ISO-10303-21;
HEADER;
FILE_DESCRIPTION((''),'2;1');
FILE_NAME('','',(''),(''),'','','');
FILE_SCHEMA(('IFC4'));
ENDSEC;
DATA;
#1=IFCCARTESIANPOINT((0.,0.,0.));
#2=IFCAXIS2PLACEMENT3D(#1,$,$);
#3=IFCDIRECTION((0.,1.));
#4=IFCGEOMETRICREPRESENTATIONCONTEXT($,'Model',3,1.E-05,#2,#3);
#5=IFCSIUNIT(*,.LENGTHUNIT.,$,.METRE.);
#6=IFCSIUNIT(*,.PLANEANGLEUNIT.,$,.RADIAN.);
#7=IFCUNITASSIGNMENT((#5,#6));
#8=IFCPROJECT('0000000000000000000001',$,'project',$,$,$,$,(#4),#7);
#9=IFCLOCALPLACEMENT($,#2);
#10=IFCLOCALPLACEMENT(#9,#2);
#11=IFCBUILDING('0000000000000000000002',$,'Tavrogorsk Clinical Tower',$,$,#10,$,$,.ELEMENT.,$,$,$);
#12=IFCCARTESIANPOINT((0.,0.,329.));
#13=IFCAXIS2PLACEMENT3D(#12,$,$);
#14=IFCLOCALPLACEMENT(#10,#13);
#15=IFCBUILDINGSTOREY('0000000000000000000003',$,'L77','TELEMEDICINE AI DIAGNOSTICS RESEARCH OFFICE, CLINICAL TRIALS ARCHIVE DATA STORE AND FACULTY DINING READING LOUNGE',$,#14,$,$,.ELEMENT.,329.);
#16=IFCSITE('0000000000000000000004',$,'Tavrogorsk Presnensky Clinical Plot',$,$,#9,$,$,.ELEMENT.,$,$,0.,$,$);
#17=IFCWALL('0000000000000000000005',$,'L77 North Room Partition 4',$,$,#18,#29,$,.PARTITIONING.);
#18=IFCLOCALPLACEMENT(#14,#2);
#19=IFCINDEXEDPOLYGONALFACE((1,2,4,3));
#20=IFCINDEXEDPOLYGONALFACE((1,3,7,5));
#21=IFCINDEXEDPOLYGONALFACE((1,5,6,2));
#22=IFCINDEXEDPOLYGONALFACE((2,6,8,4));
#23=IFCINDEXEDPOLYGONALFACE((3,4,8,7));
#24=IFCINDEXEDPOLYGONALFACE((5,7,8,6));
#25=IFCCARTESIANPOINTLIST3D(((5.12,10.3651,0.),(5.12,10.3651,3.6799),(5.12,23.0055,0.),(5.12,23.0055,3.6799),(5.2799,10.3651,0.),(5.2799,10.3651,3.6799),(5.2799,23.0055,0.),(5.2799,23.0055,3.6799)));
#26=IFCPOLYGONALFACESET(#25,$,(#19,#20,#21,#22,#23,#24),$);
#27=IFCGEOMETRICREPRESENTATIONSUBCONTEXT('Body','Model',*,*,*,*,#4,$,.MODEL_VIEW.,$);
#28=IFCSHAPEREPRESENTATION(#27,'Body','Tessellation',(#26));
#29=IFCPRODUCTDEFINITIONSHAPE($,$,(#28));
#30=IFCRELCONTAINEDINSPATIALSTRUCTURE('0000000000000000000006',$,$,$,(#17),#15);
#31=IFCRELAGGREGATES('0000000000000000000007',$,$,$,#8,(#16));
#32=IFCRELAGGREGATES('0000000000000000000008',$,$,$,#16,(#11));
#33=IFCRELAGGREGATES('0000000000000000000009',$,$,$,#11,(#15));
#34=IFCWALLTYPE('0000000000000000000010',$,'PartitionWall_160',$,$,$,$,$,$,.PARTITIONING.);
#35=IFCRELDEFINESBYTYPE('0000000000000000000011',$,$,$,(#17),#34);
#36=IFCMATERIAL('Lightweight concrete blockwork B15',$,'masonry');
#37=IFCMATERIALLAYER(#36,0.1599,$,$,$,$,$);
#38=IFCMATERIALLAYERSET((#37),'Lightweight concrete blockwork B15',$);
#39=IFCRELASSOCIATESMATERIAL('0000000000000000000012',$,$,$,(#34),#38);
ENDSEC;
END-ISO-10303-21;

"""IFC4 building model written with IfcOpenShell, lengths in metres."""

from ifc_helpers import new_model, si_unit, direction, frame, frame_2d, origin, place, context, subcontext, project, spatial, rectangle, extrude, material, layer, layer_set, type_object, element, save


model = new_model("IFC4")

# Units and contexts
model_context = context("Model", 3, precision=1e-05, world=origin(), true_north=direction((0.0, 1.0)))
body_context = subcontext(model_context, "Body", "Model", "MODEL_VIEW")
ifc_project = project(units=[si_unit("LENGTHUNIT", "METRE"), si_unit("PLANEANGLEUNIT", "RADIAN")], contexts=[model_context])

# Site, building, storey
site_placement = place(None, origin())
site = spatial("IfcSite", under=ifc_project, at=site_placement, Name="Tavrogorsk Presnensky Clinical Plot", CompositionType="ELEMENT", RefElevation=0.0)
building_placement = place(site_placement, origin())
building = spatial("IfcBuilding", under=site, at=building_placement, Name="Tavrogorsk Clinical Tower", CompositionType="ELEMENT")
storey_placement = place(building_placement, frame((0.0, 0.0, 329.0)))
storey = spatial("IfcBuildingStorey", under=building, at=storey_placement, Name="L77", Description="TELEMEDICINE AI DIAGNOSTICS RESEARCH OFFICE, CLINICAL TRIALS ARCHIVE DATA STORE AND FACULTY DINING READING LOUNGE", CompositionType="ELEMENT", Elevation=329.0)

# Shared definitions
ifc_material_1 = material(Name="Lightweight concrete blockwork B15", Category="masonry")
ifc_layer_1 = layer(ifc_material_1, 0.1599)
ifc_layer_set_1 = layer_set([ifc_layer_1], Name="Lightweight concrete blockwork B15")
wall_type = type_object("IfcWallType", Name="PartitionWall_160", PredefinedType="PARTITIONING", material=ifc_layer_set_1)

# Wall
wall_1_placement = place(storey_placement, frame((5.2, 10.365, 0.0), z_axis=(0.0, 0.0, 1.0), x_axis=(0.0, 1.0, 0.0)))
element("IfcWall", 1, at=wall_1_placement, inside=storey, type_object=wall_type, Name="L77 North Room Partition 4", PredefinedType="PARTITIONING", context=body_context, shape_type="SweptSolid", body=[
    extrude(rectangle(XDim=12.6404, YDim=0.1599, at=frame_2d((6.3203, 0.0))), origin(), (0.0, 0.0, 1.0), 3.6799),
])

save(model, "model.ifc")
